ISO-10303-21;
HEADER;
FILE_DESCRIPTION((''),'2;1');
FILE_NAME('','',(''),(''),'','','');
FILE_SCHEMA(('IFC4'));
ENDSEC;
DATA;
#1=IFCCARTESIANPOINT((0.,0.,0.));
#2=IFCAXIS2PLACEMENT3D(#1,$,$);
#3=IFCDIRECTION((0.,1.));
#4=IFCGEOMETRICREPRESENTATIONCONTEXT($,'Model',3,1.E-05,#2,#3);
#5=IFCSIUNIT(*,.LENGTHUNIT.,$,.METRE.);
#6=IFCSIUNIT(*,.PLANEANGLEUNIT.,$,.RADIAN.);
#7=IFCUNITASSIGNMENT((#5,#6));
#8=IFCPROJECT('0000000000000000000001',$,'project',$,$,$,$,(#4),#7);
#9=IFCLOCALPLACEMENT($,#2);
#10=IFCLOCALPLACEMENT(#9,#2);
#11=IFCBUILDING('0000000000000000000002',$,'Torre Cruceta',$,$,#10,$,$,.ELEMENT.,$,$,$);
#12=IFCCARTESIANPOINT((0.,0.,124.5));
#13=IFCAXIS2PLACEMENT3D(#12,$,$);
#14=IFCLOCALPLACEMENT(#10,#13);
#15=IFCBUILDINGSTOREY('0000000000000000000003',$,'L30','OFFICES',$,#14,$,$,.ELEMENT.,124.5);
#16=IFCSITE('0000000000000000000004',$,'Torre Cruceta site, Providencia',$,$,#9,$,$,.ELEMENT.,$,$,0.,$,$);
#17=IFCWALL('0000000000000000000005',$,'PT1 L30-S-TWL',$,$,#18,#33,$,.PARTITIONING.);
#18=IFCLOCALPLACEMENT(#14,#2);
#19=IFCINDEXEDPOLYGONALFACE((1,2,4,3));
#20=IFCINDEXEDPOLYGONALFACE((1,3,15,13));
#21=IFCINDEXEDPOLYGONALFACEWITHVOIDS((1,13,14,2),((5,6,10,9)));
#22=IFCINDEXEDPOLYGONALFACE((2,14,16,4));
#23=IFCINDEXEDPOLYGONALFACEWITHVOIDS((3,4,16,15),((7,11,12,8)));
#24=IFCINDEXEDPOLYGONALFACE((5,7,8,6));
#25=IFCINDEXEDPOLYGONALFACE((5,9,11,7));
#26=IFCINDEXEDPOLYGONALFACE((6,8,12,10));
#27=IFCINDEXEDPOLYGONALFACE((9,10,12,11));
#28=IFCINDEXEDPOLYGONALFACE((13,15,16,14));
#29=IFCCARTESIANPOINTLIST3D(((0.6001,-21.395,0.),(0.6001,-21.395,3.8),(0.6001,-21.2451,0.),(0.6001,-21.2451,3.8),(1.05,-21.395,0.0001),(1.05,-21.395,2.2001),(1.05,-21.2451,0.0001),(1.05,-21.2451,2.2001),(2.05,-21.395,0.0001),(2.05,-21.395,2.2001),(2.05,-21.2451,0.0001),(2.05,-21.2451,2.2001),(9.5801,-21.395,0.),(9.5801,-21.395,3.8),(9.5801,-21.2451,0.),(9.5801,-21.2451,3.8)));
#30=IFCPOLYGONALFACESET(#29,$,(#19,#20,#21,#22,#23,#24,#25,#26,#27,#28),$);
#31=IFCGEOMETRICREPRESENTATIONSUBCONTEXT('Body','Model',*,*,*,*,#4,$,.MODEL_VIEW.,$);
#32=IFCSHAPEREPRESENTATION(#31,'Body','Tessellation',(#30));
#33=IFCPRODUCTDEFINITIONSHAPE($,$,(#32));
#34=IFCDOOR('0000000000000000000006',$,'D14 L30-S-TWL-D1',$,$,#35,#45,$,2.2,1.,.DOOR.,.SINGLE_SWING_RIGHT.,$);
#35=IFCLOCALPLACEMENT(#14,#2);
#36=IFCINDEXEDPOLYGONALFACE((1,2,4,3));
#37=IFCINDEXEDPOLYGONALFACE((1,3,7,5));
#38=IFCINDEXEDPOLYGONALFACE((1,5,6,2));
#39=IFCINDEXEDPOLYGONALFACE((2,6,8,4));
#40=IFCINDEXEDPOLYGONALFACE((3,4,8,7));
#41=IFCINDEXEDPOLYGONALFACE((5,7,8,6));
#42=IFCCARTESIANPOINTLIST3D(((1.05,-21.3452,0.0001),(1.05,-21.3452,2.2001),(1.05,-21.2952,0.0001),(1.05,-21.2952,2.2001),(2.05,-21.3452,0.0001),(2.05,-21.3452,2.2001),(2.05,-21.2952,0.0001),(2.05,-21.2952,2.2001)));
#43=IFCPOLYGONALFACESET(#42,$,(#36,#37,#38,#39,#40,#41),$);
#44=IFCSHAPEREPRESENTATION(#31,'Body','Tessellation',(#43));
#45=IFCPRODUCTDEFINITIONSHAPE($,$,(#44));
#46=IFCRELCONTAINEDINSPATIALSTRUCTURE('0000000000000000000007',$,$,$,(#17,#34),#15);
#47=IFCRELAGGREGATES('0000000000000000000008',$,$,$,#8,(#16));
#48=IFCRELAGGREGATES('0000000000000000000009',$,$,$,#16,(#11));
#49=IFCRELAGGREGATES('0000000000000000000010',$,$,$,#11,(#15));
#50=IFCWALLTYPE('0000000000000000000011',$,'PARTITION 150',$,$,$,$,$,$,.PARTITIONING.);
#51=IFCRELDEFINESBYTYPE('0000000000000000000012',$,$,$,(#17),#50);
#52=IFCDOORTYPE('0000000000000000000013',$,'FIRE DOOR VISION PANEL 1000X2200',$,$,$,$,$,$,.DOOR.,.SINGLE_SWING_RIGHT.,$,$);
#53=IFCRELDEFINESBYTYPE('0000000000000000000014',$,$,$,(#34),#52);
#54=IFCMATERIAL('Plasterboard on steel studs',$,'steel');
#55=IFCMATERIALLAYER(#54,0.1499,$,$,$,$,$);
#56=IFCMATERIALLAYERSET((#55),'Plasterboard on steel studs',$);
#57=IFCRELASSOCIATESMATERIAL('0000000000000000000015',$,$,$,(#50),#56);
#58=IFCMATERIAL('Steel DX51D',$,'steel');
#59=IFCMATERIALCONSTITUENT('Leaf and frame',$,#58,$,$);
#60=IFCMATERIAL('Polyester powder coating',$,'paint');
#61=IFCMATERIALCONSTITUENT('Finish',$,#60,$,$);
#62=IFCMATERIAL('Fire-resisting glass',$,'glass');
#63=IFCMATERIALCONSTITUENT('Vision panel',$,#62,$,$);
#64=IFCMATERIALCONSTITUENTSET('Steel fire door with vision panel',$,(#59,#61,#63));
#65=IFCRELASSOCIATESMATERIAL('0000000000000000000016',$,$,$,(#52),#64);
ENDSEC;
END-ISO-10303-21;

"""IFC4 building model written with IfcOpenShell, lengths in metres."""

from ifc_helpers import new_model, si_unit, direction, frame, frame_2d, origin, place, context, subcontext, project, spatial, rectangle, extrude, material, layer, layer_set, constituent, constituent_set, type_object, element, fill, save


model = new_model("IFC4")

# Units and contexts
model_context = context("Model", 3, precision=1e-05, world=origin(), true_north=direction((0.0, 1.0)))
body_context = subcontext(model_context, "Body", "Model", "MODEL_VIEW")
ifc_project = project(units=[si_unit("LENGTHUNIT", "METRE"), si_unit("PLANEANGLEUNIT", "RADIAN")], contexts=[model_context])

# Site, building, storey
site_placement = place(None, origin())
site = spatial("IfcSite", under=ifc_project, at=site_placement, Name="Torre Cruceta site, Providencia", CompositionType="ELEMENT", RefElevation=0.0)
building_placement = place(site_placement, origin())
building = spatial("IfcBuilding", under=site, at=building_placement, Name="Torre Cruceta", CompositionType="ELEMENT")
storey_placement = place(building_placement, frame((0.0, 0.0, 124.5)))
storey = spatial("IfcBuildingStorey", under=building, at=storey_placement, Name="L30", Description="OFFICES", CompositionType="ELEMENT", Elevation=124.5)

# Wall, opening, door
ifc_material_1 = material(Name="Plasterboard on steel studs", Category="steel")
ifc_layer_1 = layer(ifc_material_1, 0.1499)
ifc_layer_set_1 = layer_set([ifc_layer_1], Name="Plasterboard on steel studs")
wall_type_1 = type_object("IfcWallType", Name="PARTITION 150", PredefinedType="PARTITIONING", material=ifc_layer_set_1)
wall_1_placement = place(storey_placement, frame((0.6001, -21.3201, 0.0), z_axis=(0.0, 0.0, 1.0), x_axis=(1.0, 0.0, 0.0)))
wall_1 = element("IfcWall", 1, at=wall_1_placement, inside=storey, type_object=wall_type_1, Name="PT1 L30-S-TWL", PredefinedType="PARTITIONING", context=body_context, shape_type="SweptSolid", body=[
    extrude(rectangle(XDim=8.98, YDim=0.1499, at=frame_2d((4.49, 0.0))), origin(), (0.0, 0.0, 1.0), 3.8),
])
opening_1_placement = place(wall_1_placement, frame((0.45, 0.0, 0.0)))
opening_1 = element("IfcOpeningElement", 2, at=opening_1_placement, cuts=wall_1, PredefinedType="OPENING", context=body_context, shape_type="SweptSolid", body=[
    extrude(rectangle(XDim=1.0, YDim=2.2, at=frame_2d((0.5, 1.1001))), frame((0.0, 0.085, 0.0), z_axis=(0.0, -1.0, 0.0), x_axis=(1.0, 0.0, 0.0)), (0.0, 0.0, 1.0), 0.1699),
])
ifc_material_2 = material(Name="Steel DX51D", Category="steel")
ifc_constituent_1 = constituent(ifc_material_2, Name="Leaf and frame")
ifc_material_3 = material(Name="Polyester powder coating", Category="paint")
ifc_constituent_2 = constituent(ifc_material_3, Name="Finish")
ifc_material_4 = material(Name="Fire-resisting glass", Category="glass")
ifc_constituent_3 = constituent(ifc_material_4, Name="Vision panel")
ifc_constituent_set_1 = constituent_set(constituents=[ifc_constituent_1, ifc_constituent_2, ifc_constituent_3], Name="Steel fire door with vision panel")
door_type = type_object("IfcDoorType", Name="FIRE DOOR VISION PANEL 1000X2200", OperationType="SINGLE_SWING_RIGHT", PredefinedType="DOOR", material=ifc_constituent_set_1)
door_placement = place(opening_1_placement, frame((1.0, 0.0, 0.0), z_axis=(0.0, 0.0, 1.0), x_axis=(-1.0, 0.0, 0.0)))
door = element("IfcDoor", 3, at=door_placement, inside=storey, type_object=door_type, Name="D14 L30-S-TWL-D1", OperationType="SINGLE_SWING_RIGHT", OverallHeight=2.2, OverallWidth=1.0, PredefinedType="DOOR", context=body_context, shape_type="SweptSolid", body=[
    extrude(rectangle(XDim=1.0, YDim=2.2, at=frame_2d((0.5, 1.1001))), frame((0.0, 0.0251, 0.0), z_axis=(0.0, -1.0, 0.0), x_axis=(1.0, 0.0, 0.0)), (0.0, 0.0, 1.0), 0.05),
])
fill(opening_1, door)

save(model, "model.ifc")
